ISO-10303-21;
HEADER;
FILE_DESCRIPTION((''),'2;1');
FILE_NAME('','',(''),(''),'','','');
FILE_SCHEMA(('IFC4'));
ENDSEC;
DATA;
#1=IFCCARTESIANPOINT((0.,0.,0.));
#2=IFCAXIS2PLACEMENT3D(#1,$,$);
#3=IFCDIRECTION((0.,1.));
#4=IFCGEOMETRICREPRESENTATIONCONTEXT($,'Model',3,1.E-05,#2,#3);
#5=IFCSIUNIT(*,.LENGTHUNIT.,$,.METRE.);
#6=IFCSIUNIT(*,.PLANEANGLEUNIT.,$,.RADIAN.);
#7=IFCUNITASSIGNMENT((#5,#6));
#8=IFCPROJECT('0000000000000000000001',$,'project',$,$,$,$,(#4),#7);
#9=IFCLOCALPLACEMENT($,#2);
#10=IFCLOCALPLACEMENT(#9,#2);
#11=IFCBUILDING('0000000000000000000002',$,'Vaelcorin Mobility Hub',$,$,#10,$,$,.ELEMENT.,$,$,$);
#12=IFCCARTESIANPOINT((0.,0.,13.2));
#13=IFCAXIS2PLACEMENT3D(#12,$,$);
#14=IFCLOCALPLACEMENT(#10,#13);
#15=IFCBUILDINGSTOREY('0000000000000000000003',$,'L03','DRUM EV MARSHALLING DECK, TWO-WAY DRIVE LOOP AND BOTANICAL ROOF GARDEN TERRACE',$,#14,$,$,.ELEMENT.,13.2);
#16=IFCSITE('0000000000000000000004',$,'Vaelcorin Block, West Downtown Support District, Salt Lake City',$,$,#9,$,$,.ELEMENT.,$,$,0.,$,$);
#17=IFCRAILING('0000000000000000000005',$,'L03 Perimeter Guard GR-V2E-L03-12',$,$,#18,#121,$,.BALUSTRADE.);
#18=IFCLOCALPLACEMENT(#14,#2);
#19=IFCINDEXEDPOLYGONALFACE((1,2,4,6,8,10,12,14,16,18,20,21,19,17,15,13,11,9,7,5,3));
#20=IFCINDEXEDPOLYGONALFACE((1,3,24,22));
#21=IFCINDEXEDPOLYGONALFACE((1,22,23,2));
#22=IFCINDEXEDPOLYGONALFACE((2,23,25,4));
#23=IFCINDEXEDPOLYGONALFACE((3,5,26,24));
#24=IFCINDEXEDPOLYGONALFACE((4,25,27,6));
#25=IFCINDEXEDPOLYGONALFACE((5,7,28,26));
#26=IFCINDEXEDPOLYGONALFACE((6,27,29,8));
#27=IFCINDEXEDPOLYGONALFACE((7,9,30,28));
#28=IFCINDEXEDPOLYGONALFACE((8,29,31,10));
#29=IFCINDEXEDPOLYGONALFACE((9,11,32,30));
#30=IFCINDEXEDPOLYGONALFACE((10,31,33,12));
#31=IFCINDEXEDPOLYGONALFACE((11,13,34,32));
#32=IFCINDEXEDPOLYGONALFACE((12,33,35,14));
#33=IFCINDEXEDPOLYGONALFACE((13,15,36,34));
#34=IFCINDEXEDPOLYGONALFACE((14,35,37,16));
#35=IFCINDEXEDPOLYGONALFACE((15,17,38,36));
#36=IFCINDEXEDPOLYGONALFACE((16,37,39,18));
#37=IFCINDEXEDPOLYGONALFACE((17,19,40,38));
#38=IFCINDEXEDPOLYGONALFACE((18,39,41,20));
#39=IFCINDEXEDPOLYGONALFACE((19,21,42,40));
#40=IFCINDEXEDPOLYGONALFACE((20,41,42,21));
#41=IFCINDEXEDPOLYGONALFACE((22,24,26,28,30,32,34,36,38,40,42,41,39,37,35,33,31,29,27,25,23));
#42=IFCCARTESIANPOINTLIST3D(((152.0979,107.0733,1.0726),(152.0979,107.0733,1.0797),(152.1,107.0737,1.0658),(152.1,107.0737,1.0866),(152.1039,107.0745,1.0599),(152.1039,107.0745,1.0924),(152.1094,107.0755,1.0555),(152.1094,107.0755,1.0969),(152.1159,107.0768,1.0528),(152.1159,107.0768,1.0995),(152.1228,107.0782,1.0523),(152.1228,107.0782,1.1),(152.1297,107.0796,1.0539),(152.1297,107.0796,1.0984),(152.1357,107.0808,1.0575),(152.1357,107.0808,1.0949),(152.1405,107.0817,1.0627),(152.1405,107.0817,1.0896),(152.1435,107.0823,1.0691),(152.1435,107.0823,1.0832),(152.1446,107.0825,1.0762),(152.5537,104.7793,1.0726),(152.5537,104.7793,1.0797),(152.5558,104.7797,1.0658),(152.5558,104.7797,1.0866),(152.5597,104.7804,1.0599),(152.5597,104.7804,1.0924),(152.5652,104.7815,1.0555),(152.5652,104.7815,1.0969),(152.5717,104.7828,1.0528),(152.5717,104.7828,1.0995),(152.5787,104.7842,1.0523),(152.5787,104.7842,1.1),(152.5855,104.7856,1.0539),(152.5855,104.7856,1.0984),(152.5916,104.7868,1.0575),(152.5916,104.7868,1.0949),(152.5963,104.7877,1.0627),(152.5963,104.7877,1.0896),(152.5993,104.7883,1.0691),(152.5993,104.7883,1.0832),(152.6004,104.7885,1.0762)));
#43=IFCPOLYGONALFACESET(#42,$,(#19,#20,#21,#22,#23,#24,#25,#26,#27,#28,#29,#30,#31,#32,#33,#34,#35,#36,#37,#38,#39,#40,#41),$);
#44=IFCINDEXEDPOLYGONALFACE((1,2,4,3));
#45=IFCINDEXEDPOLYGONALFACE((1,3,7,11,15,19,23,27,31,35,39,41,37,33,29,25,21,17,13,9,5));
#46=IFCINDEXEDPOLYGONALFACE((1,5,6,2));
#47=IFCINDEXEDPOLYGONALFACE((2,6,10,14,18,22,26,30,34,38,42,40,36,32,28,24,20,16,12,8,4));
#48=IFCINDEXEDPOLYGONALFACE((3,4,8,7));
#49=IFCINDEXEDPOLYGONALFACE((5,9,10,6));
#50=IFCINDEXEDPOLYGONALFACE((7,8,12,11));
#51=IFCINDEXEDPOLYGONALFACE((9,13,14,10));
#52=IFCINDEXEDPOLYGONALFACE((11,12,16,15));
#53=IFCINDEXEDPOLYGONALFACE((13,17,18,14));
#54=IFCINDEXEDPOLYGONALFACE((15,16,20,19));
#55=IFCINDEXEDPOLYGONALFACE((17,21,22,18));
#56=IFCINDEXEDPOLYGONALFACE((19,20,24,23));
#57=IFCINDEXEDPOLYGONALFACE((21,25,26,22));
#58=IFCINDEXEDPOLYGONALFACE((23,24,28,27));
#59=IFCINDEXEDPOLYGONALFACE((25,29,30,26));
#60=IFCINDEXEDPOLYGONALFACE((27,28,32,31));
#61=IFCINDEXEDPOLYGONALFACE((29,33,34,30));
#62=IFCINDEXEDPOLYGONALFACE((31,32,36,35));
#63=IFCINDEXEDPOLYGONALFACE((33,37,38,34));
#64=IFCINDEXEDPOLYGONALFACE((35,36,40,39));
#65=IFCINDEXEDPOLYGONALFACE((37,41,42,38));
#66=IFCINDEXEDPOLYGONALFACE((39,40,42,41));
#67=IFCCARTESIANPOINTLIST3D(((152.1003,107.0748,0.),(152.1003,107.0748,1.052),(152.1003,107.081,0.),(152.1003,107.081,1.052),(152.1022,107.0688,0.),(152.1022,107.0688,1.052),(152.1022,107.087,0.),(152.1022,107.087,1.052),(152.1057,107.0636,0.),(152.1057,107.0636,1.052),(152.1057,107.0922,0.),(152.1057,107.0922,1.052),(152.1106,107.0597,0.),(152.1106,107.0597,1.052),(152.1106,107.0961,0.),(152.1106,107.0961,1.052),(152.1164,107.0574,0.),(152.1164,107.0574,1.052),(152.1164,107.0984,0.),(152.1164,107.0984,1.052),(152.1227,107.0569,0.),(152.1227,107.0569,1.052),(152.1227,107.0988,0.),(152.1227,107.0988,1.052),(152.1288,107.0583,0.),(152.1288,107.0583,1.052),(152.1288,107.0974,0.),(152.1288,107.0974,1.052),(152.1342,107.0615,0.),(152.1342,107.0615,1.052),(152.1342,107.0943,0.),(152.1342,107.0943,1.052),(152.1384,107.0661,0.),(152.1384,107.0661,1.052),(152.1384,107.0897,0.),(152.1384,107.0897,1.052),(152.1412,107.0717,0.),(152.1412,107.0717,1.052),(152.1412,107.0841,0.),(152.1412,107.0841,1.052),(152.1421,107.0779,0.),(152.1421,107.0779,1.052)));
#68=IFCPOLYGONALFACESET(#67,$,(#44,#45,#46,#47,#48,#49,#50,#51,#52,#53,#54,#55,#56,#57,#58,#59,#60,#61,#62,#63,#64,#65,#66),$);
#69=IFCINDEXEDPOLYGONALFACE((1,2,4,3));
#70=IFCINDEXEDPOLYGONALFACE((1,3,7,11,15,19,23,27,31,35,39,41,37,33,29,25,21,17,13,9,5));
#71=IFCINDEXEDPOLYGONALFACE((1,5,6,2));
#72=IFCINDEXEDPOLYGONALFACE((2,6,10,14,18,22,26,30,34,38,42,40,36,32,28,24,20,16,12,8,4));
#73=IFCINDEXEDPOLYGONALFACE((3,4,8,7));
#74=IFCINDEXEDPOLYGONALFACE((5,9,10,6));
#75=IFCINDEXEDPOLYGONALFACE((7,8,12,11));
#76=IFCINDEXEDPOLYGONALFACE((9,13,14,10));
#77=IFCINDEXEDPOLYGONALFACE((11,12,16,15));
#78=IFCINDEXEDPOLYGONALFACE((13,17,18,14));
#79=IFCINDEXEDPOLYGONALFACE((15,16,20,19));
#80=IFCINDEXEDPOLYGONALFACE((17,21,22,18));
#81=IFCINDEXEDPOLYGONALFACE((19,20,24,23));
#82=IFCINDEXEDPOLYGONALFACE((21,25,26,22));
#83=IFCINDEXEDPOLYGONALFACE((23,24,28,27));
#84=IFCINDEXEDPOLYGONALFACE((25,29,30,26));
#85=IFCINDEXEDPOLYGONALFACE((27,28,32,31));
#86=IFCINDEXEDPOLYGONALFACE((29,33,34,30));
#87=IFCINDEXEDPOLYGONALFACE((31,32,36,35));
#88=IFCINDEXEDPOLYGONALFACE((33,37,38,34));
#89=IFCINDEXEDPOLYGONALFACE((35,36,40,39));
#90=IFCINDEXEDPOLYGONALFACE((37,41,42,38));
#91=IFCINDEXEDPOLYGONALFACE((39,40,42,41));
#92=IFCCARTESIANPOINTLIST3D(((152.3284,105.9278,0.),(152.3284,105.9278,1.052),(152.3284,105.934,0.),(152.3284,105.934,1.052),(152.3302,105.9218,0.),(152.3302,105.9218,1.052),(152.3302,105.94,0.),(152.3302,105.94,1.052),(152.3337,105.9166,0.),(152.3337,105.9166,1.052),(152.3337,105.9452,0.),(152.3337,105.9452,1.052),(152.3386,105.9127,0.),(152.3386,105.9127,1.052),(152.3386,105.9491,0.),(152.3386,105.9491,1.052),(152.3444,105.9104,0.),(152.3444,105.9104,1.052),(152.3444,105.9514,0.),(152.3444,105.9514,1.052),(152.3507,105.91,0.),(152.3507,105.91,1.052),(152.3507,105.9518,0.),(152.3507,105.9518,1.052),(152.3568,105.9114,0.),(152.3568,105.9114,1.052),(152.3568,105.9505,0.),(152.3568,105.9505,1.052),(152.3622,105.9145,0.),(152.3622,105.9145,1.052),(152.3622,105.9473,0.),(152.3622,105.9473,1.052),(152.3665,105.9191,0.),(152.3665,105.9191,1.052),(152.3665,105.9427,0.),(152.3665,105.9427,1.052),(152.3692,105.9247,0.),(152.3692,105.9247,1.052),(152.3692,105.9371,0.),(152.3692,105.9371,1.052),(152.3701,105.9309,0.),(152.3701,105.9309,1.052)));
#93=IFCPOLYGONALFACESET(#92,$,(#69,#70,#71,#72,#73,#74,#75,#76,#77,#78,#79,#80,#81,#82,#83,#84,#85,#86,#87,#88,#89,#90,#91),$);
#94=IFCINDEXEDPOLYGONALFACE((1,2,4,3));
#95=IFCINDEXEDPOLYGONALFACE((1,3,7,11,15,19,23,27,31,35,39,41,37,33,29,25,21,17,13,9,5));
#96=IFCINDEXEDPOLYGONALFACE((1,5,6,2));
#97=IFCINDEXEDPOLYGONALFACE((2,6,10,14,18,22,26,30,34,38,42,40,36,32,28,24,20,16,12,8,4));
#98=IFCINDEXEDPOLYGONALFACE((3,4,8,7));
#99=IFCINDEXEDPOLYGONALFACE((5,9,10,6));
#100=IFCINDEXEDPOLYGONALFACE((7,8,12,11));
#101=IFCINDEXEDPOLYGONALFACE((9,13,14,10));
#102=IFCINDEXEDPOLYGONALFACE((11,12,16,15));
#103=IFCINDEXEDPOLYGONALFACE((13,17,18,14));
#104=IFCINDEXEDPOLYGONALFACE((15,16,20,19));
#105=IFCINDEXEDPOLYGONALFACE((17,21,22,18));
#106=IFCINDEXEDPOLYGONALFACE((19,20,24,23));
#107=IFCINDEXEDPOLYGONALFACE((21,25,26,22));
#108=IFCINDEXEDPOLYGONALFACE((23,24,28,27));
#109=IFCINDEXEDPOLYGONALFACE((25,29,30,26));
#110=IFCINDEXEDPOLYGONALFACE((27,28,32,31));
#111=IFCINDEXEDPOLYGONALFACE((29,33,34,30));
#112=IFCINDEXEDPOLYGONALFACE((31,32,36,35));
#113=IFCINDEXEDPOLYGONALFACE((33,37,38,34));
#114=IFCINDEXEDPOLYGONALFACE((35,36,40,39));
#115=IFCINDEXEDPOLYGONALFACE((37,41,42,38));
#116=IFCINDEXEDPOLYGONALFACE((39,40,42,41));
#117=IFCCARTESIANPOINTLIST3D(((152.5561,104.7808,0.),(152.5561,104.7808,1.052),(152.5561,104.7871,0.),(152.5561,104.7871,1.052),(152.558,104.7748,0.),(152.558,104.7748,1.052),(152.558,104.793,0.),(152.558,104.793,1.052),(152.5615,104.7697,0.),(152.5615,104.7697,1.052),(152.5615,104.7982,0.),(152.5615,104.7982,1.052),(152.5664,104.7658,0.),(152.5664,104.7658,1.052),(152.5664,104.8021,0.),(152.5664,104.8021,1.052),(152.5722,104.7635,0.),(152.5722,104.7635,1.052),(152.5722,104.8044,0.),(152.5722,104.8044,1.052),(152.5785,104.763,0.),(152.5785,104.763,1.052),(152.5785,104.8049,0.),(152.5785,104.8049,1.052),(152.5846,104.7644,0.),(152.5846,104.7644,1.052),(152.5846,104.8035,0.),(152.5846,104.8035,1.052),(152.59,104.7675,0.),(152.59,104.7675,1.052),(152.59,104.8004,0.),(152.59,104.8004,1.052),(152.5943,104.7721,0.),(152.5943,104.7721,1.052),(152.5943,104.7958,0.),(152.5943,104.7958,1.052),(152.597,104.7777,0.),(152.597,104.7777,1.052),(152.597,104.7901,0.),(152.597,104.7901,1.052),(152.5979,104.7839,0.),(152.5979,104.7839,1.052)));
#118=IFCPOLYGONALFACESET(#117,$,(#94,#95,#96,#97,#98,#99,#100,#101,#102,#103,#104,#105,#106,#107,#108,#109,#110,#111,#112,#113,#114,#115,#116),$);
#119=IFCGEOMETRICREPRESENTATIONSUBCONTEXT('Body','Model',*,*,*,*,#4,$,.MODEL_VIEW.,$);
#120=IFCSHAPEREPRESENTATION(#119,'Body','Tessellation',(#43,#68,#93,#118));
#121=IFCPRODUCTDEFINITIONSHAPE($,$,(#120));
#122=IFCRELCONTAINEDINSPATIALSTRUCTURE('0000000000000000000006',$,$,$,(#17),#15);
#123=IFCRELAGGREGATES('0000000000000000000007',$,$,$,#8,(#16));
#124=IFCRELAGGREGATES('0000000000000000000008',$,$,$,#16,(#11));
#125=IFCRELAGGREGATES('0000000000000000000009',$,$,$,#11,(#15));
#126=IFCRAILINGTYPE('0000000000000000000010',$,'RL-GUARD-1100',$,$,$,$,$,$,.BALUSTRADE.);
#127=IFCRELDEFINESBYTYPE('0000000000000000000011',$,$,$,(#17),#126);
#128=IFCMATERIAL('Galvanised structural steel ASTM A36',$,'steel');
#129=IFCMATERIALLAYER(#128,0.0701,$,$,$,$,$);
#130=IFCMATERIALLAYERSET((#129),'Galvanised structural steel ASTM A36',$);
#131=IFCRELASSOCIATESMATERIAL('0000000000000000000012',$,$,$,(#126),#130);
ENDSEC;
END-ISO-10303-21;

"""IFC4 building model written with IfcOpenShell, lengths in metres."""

from ifc_helpers import new_model, si_unit, direction, frame, origin, origin_2d, place, context, subcontext, project, spatial, circle, extrude, material, layer, layer_set, type_object, element, save


model = new_model("IFC4")

# Units and contexts
model_context = context("Model", 3, precision=1e-05, world=origin(), true_north=direction((0.0, 1.0)))
body_context = subcontext(model_context, "Body", "Model", "MODEL_VIEW")
ifc_project = project(units=[si_unit("LENGTHUNIT", "METRE"), si_unit("PLANEANGLEUNIT", "RADIAN")], contexts=[model_context])

# Site, building, storey
site_placement = place(None, origin())
site = spatial("IfcSite", under=ifc_project, at=site_placement, Name="Vaelcorin Block, West Downtown Support District, Salt Lake City", CompositionType="ELEMENT", RefElevation=0.0)
building_placement = place(site_placement, origin())
building = spatial("IfcBuilding", under=site, at=building_placement, Name="Vaelcorin Mobility Hub", CompositionType="ELEMENT")
storey_placement = place(building_placement, frame((0.0, 0.0, 13.2)))
storey = spatial("IfcBuildingStorey", under=building, at=storey_placement, Name="L03", Description="DRUM EV MARSHALLING DECK, TWO-WAY DRIVE LOOP AND BOTANICAL ROOF GARDEN TERRACE", CompositionType="ELEMENT", Elevation=13.2)

# Railing
ifc_material_1 = material(Name="Galvanised structural steel ASTM A36", Category="steel")
ifc_layer_1 = layer(ifc_material_1, 0.0701)
ifc_layer_set_1 = layer_set([ifc_layer_1], Name="Galvanised structural steel ASTM A36")
railing_type_1 = type_object("IfcRailingType", Name="RL-GUARD-1100", PredefinedType="BALUSTRADE", material=ifc_layer_set_1)
railing_1_placement = place(storey_placement, frame((152.1211, 107.0779, 0.0)))
element("IfcRailing", 1, at=railing_1_placement, inside=storey, type_object=railing_type_1, Name="L03 Perimeter Guard GR-V2E-L03-12", PredefinedType="BALUSTRADE", context=body_context, shape_type="SweptSolid", body=[
    extrude(circle(Radius=0.0239, at=origin_2d()), frame((0.0, 0.0, 1.0762), z_axis=(0.194891, -0.980825, 0.0), x_axis=(0.980825, 0.194891, 0.0)), (0.0, 0.0, 1.0), 2.3389),
    extrude(circle(Radius=0.021, at=origin_2d()), origin(), (0.0, 0.0, 1.0), 1.052),
    extrude(circle(Radius=0.021, at=origin_2d()), frame((0.228, -1.147, 0.0)), (0.0, 0.0, 1.0), 1.052),
    extrude(circle(Radius=0.021, at=origin_2d()), frame((0.4558, -2.2939, 0.0)), (0.0, 0.0, 1.0), 1.052),
])

save(model, "model.ifc")
